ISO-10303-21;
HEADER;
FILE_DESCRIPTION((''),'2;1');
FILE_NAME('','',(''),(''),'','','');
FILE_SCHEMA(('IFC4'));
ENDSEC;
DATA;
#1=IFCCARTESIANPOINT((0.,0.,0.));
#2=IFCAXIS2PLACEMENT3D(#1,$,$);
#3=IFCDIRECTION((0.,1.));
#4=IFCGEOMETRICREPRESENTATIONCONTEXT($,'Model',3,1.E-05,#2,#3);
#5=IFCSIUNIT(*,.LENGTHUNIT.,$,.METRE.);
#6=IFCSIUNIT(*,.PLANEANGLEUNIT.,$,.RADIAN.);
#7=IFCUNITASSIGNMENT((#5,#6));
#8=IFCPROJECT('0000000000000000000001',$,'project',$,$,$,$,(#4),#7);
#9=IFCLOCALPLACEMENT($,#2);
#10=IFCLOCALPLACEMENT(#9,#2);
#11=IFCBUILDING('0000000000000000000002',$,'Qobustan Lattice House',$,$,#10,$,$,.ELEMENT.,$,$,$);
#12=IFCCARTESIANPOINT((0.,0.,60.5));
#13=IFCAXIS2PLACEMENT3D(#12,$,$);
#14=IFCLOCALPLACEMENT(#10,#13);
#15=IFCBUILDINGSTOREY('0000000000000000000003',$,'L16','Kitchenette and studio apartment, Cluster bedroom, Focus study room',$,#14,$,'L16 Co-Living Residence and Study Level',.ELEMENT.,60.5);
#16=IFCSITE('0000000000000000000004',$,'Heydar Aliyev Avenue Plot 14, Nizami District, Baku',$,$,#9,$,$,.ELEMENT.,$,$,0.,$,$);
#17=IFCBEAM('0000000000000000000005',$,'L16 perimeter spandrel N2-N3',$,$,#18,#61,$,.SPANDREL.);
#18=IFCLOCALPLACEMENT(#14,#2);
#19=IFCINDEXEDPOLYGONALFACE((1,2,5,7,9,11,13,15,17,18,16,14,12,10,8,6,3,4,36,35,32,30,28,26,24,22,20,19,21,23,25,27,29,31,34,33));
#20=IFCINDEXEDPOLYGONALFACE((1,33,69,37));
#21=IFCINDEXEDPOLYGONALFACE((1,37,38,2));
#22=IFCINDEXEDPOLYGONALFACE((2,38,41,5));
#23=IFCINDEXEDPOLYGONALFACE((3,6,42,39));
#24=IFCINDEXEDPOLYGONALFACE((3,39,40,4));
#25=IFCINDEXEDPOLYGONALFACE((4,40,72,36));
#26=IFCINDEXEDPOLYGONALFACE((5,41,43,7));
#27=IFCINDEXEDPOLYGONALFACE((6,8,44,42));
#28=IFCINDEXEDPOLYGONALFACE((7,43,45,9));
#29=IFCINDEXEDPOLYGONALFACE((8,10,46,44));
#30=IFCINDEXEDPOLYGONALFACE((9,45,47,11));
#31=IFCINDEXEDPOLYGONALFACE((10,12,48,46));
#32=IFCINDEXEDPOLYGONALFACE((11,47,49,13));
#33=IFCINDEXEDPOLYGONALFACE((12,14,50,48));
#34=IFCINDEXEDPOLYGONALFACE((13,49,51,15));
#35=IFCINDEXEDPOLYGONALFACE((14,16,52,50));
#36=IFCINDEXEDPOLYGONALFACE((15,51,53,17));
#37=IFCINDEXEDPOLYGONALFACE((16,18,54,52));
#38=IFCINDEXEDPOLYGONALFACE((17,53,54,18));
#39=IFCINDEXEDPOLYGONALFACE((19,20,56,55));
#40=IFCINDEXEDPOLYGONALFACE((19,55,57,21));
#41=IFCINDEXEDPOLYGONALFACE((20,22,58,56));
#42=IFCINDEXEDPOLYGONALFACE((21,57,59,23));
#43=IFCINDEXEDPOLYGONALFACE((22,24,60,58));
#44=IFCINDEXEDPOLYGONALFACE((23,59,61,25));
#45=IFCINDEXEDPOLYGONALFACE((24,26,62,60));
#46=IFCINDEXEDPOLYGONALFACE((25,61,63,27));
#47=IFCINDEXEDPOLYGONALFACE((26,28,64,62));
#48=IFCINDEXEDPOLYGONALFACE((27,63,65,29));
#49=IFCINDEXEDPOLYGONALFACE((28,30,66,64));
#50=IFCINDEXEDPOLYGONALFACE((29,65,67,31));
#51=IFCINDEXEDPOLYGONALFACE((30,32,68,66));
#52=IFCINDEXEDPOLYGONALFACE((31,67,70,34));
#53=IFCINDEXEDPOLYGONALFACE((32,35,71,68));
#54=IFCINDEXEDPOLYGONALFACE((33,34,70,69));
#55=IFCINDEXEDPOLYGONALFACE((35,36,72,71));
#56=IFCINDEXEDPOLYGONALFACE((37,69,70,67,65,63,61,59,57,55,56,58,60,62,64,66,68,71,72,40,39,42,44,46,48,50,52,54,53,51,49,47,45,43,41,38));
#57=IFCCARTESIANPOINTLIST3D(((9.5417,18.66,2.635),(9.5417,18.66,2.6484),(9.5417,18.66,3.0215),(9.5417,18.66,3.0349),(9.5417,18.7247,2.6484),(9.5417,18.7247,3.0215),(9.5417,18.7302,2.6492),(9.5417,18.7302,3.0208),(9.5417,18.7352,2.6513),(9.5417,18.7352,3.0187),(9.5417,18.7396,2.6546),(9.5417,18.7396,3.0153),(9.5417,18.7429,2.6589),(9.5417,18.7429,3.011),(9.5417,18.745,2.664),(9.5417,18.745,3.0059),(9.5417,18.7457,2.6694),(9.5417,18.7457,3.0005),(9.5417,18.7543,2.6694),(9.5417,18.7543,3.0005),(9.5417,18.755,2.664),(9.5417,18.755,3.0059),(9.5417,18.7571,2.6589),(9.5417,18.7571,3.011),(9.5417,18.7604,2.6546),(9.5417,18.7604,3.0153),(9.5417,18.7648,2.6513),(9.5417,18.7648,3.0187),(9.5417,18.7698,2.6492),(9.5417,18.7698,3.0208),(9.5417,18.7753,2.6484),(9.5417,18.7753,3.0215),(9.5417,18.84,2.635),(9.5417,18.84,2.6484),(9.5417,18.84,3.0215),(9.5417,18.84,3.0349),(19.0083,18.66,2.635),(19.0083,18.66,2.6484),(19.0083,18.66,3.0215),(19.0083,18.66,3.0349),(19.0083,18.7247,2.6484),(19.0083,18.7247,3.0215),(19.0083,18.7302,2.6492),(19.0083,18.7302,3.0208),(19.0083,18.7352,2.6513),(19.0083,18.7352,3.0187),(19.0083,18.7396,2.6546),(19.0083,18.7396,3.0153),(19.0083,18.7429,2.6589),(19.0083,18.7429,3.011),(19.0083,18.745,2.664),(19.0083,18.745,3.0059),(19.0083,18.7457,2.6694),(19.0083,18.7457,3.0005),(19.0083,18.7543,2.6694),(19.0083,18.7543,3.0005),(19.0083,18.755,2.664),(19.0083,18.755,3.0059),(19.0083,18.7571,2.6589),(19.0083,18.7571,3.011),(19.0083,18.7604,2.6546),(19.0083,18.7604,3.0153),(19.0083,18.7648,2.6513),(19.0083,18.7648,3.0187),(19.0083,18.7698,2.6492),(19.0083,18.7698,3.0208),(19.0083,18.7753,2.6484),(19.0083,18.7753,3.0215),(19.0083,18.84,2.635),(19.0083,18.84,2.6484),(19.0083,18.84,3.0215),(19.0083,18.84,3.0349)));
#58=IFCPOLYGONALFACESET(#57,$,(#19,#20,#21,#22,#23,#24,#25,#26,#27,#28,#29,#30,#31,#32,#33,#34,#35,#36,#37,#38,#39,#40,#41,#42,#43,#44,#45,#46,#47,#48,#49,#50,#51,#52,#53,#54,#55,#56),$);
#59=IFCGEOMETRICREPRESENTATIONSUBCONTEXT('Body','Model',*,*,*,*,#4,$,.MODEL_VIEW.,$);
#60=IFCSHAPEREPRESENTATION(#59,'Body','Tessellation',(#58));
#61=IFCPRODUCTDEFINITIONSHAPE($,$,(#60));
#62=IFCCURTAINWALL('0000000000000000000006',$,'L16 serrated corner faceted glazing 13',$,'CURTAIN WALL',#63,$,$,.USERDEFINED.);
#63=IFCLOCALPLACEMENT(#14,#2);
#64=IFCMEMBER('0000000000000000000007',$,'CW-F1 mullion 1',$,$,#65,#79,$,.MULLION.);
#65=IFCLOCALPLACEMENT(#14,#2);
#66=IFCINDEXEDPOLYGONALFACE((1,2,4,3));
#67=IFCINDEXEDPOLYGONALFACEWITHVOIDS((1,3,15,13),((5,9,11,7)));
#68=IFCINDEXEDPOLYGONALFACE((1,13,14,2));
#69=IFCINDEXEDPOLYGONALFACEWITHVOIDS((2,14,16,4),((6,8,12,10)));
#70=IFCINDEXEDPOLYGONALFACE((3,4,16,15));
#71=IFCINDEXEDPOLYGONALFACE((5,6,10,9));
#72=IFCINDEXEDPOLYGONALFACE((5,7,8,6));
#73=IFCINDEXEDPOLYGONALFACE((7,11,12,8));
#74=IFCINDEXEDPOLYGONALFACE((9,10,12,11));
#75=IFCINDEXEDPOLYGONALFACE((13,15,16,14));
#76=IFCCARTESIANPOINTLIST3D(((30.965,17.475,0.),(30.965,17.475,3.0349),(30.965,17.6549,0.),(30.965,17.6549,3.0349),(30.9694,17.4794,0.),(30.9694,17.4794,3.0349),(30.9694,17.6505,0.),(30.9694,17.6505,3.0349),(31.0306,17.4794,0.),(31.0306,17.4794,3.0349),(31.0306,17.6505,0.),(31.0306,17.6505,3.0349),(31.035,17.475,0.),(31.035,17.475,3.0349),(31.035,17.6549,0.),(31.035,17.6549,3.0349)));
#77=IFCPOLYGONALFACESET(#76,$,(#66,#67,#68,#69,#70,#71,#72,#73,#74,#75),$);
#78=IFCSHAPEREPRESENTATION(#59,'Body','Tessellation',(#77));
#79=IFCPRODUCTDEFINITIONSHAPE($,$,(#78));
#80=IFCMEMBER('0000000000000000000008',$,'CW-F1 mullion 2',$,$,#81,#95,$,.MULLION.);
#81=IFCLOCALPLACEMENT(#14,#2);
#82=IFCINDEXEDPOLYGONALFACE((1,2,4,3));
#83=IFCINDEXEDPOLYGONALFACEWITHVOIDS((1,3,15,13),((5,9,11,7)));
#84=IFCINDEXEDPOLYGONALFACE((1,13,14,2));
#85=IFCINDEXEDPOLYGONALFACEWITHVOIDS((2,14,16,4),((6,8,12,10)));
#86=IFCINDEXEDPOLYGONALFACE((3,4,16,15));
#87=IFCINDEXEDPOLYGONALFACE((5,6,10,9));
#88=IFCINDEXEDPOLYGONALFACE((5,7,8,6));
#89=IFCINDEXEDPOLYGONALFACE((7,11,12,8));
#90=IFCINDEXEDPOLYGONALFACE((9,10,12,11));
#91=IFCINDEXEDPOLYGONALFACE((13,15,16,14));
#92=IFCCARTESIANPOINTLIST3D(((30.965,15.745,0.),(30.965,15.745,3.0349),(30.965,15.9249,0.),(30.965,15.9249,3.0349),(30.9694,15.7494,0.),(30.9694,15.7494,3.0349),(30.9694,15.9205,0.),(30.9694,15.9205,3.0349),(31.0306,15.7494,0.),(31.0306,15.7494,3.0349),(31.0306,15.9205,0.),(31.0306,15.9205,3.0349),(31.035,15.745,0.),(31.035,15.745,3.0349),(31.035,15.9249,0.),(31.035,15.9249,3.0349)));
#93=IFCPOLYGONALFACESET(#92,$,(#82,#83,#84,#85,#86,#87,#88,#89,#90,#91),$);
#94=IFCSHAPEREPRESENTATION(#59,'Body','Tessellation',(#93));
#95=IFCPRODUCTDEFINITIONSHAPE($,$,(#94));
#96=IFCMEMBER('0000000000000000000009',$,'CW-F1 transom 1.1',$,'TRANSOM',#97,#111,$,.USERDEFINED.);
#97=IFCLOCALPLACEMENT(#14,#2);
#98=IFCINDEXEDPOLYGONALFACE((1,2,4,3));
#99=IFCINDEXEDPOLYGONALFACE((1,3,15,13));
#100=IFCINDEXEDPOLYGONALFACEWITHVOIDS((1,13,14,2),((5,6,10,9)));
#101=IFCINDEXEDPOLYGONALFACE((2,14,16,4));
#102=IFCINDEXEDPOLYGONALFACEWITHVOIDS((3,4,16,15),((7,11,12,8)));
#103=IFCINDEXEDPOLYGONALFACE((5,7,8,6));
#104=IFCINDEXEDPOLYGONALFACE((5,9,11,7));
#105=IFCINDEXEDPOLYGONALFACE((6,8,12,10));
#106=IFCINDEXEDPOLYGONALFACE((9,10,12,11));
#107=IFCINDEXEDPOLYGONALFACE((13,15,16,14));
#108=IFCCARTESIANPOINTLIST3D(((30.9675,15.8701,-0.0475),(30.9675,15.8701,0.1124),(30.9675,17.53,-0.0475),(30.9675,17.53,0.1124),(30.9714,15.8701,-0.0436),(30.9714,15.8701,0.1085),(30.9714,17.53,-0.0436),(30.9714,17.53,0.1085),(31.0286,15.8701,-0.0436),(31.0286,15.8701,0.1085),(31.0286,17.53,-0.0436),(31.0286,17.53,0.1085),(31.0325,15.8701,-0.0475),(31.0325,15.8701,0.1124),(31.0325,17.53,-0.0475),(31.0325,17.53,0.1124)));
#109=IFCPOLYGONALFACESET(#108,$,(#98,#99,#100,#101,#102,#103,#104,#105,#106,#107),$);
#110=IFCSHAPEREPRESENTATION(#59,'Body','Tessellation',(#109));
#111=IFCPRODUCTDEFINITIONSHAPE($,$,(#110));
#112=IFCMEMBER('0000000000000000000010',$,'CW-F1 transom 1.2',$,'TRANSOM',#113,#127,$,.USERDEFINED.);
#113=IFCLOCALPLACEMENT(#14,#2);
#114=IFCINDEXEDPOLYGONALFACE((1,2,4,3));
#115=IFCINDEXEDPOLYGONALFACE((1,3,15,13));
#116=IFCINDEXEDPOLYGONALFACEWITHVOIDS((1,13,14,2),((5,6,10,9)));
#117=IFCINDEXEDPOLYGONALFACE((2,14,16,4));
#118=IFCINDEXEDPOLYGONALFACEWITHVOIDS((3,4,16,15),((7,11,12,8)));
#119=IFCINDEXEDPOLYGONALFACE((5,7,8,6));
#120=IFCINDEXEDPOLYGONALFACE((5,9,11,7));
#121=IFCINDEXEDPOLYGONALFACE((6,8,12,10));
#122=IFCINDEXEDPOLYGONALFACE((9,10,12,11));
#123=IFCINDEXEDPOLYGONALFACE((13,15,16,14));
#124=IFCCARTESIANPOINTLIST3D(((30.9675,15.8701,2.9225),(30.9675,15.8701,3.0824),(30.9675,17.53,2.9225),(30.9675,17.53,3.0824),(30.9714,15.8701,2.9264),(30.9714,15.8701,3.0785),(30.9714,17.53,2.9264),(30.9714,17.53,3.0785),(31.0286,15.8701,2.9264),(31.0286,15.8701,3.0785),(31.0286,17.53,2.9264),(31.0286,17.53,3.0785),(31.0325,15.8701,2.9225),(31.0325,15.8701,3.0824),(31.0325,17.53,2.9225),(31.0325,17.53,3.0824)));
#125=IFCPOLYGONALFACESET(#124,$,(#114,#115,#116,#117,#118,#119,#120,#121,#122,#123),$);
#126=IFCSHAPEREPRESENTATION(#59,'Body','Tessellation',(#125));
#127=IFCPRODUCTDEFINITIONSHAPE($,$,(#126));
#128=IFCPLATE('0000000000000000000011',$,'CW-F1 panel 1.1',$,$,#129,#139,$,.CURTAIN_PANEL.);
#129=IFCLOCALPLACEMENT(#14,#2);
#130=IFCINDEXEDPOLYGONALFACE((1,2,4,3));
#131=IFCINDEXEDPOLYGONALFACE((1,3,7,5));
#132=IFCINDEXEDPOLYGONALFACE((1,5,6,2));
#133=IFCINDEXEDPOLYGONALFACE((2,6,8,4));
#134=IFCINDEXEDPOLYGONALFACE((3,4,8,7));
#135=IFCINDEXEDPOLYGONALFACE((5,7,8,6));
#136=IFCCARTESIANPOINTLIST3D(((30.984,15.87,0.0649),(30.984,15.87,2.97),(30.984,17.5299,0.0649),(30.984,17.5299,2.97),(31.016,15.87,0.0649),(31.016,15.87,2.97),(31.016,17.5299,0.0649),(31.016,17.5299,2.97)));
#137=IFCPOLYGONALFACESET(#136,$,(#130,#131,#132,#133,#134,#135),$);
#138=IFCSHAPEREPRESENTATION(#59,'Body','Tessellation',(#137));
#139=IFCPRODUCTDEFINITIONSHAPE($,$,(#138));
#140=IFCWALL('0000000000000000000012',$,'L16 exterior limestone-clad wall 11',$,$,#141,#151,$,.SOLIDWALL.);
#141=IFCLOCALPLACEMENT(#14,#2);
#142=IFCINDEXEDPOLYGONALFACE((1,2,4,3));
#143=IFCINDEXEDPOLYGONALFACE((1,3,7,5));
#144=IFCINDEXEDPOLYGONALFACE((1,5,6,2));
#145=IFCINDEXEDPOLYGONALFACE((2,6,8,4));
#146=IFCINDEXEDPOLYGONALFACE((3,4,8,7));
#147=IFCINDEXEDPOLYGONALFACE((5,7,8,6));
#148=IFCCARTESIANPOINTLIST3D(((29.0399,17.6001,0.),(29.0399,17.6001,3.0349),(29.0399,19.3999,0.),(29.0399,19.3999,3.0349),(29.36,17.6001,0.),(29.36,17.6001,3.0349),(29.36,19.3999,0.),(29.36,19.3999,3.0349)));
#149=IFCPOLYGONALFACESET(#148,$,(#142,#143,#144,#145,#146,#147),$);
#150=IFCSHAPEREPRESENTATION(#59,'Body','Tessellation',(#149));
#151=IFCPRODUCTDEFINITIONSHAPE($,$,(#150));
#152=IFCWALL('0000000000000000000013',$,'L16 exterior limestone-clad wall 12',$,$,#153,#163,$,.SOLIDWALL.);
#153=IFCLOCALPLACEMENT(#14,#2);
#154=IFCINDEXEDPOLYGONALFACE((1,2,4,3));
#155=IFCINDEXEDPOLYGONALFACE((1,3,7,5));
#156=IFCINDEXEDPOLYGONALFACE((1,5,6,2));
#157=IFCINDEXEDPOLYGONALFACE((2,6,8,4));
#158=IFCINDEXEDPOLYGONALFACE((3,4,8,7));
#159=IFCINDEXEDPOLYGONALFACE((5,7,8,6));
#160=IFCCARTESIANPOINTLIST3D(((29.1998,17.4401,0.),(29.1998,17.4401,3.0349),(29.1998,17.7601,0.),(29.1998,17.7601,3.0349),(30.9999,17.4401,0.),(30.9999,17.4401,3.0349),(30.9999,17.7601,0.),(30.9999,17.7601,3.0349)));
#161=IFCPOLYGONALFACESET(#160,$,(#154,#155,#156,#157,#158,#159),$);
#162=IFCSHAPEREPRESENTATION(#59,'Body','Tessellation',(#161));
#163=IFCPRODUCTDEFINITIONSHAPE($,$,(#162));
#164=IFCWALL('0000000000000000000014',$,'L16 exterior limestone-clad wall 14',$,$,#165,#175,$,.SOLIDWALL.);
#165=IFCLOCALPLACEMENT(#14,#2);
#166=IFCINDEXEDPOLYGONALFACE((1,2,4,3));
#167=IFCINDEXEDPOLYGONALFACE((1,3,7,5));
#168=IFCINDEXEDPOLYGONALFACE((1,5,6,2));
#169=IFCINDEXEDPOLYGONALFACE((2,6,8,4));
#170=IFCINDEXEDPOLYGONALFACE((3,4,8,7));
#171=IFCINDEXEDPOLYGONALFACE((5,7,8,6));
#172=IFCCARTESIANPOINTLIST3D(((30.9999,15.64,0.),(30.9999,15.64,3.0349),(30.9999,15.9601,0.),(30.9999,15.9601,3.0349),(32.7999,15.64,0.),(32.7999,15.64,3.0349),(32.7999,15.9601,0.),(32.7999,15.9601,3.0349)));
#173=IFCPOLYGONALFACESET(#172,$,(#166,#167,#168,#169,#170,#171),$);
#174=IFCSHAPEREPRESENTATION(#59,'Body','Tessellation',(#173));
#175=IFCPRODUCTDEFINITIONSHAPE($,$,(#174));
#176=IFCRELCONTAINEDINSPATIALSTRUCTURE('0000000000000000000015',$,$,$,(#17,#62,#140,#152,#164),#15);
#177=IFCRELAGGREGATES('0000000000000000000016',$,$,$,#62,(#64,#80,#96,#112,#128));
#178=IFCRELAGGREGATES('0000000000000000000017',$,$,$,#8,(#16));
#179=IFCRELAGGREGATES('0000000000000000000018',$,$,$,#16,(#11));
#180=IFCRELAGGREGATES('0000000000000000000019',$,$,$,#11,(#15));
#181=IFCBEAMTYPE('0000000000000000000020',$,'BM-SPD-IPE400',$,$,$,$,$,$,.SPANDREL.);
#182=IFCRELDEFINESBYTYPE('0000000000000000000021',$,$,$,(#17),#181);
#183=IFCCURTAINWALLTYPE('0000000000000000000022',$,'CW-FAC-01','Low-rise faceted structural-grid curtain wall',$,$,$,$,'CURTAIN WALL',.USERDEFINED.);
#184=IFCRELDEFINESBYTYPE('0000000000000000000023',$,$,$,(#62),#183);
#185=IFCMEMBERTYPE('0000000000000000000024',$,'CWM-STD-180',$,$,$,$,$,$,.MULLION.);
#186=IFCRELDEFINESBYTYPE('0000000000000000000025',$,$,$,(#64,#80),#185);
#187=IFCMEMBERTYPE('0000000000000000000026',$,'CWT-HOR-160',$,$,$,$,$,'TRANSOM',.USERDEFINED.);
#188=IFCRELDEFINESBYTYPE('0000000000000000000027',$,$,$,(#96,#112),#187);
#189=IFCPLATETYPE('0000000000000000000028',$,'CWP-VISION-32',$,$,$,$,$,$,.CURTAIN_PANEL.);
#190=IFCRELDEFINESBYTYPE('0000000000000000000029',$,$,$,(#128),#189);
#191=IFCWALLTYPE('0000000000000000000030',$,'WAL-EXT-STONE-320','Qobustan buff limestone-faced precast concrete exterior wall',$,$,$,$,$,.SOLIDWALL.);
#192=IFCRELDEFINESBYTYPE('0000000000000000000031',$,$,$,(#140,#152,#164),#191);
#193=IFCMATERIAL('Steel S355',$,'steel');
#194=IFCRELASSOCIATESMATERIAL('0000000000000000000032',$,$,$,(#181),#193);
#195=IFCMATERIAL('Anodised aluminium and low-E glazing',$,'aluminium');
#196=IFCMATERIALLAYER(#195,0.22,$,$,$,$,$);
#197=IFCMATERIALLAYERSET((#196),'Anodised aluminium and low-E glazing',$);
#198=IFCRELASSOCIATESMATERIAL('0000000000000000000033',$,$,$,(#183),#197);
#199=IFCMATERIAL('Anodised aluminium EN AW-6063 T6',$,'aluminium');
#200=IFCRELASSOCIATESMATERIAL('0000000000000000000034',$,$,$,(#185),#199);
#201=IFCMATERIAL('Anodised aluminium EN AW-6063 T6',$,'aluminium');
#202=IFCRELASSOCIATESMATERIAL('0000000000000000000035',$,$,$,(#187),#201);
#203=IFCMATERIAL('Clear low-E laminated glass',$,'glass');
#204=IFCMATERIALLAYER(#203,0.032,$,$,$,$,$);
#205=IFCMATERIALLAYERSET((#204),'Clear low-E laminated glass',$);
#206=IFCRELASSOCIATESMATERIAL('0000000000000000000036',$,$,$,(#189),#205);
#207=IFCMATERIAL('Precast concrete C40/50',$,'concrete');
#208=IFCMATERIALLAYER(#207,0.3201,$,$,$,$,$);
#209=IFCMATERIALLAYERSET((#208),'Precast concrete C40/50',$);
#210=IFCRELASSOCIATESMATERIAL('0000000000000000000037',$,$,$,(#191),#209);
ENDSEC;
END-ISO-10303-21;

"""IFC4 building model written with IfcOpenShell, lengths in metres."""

from ifc_helpers import new_model, si_unit, direction, frame, frame_2d, origin, origin_2d, place, context, subcontext, project, spatial, rectangle, hollow_rectangle, i_section, extrude, material, layer, layer_set, material_profile, profile_set, type_object, element, aggregate, save


model = new_model("IFC4")

# Units and contexts
model_context = context("Model", 3, precision=1e-05, world=origin(), true_north=direction((0.0, 1.0)))
body_context = subcontext(model_context, "Body", "Model", "MODEL_VIEW")
ifc_project = project(units=[si_unit("LENGTHUNIT", "METRE"), si_unit("PLANEANGLEUNIT", "RADIAN")], contexts=[model_context])

# Site, building, storey
site_placement = place(None, origin())
site = spatial("IfcSite", under=ifc_project, at=site_placement, Name="Heydar Aliyev Avenue Plot 14, Nizami District, Baku", CompositionType="ELEMENT", RefElevation=0.0)
building_placement = place(site_placement, origin())
building = spatial("IfcBuilding", under=site, at=building_placement, Name="Qobustan Lattice House", CompositionType="ELEMENT")
storey_placement = place(building_placement, frame((0.0, 0.0, 60.5)))
storey = spatial("IfcBuildingStorey", under=building, at=storey_placement, Name="L16", Description="Kitchenette and studio apartment, Cluster bedroom, Focus study room", LongName="L16 Co-Living Residence and Study Level", CompositionType="ELEMENT", Elevation=60.5)

# Beam
ifc_material_1 = material(Name="Steel S355", Category="steel")
ifc_material_profile_1 = material_profile(ifc_material_1, i_section(OverallWidth=0.1799, OverallDepth=0.3999, WebThickness=0.0085, FlangeThickness=0.0134, FilletRadius=0.021, at=origin_2d()), Name="IPE400")
ifc_profile_set_1 = profile_set([ifc_material_profile_1], Name="Steel S355")
beam_type_1 = type_object("IfcBeamType", Name="BM-SPD-IPE400", PredefinedType="SPANDREL", material=ifc_profile_set_1)
for number, where, z_axis, x_axis, name in (
    (1, (19.0083, 18.75, 2.835), (-1.0, 0.0, 0.0), (0.0, -1.0, 0.0), "L16 perimeter spandrel N2-N3"),
):
    element("IfcBeam", number, at=place(storey_placement, frame(where, z_axis=z_axis, x_axis=x_axis)), inside=storey, type_object=beam_type_1, Name=name, PredefinedType="SPANDREL", context=body_context, shape_type="SweptSolid", body=[
        extrude(i_section(OverallWidth=0.1799, OverallDepth=0.3999, WebThickness=0.0085, FlangeThickness=0.0134, FilletRadius=0.021, at=origin_2d()), origin(), (0.0, 0.0, 1.0), 9.4666),
    ])

# Curtain wall, members, plate
ifc_material_2 = material(Name="Anodised aluminium and low-E glazing", Category="aluminium")
ifc_layer_1 = layer(ifc_material_2, 0.22)
ifc_layer_set_1 = layer_set([ifc_layer_1], Name="Anodised aluminium and low-E glazing")
curtain_wall_type = type_object("IfcCurtainWallType", Name="CW-FAC-01", Description="Low-rise faceted structural-grid curtain wall", ElementType="CURTAIN WALL", PredefinedType="USERDEFINED", material=ifc_layer_set_1)
curtain_wall_placement = place(storey_placement, origin())
curtain_wall = element("IfcCurtainWall", 2, at=curtain_wall_placement, inside=storey, type_object=curtain_wall_type, Name="L16 serrated corner faceted glazing 13", ObjectType="CURTAIN WALL", PredefinedType="USERDEFINED")
ifc_material_3 = material(Name="Anodised aluminium EN AW-6063 T6", Category="aluminium")
ifc_material_profile_2 = material_profile(ifc_material_3, hollow_rectangle(XDim=0.0701, YDim=0.1799, WallThickness=0.0044, at=origin_2d()), Name="CWM-180x70")
ifc_profile_set_2 = profile_set([ifc_material_profile_2], Name="Anodised aluminium EN AW-6063 T6")
member_type_1 = type_object("IfcMemberType", Name="CWM-STD-180", PredefinedType="MULLION", material=ifc_profile_set_2)
member_1_placement = place(storey_placement, frame((31.0, 17.5649, 0.0), z_axis=(0.0, 0.0, 1.0), x_axis=(1.0, 0.0, 0.0)))
member_1 = element("IfcMember", 3, at=member_1_placement, type_object=member_type_1, Name="CW-F1 mullion 1", PredefinedType="MULLION", context=body_context, shape_type="SweptSolid", body=[
    extrude(hollow_rectangle(XDim=0.0701, YDim=0.1799, WallThickness=0.0044, at=origin_2d()), origin(), (0.0, 0.0, 1.0), 3.0349),
])
member_2_placement = place(storey_placement, frame((31.0, 15.835, 0.0), z_axis=(0.0, 0.0, 1.0), x_axis=(1.0, 0.0, 0.0)))
member_2 = element("IfcMember", 4, at=member_2_placement, type_object=member_type_1, Name="CW-F1 mullion 2", PredefinedType="MULLION", context=body_context, shape_type="SweptSolid", body=[
    extrude(hollow_rectangle(XDim=0.0701, YDim=0.1799, WallThickness=0.0044, at=origin_2d()), origin(), (0.0, 0.0, 1.0), 3.0349),
])
ifc_material_4 = material(Name="Anodised aluminium EN AW-6063 T6", Category="aluminium")
ifc_material_profile_3 = material_profile(ifc_material_4, hollow_rectangle(XDim=0.0649, YDim=0.1599, WallThickness=0.0039, at=origin_2d()), Name="CWT-160x65")
ifc_profile_set_3 = profile_set([ifc_material_profile_3], Name="Anodised aluminium EN AW-6063 T6")
member_type_2 = type_object("IfcMemberType", Name="CWT-HOR-160", ElementType="TRANSOM", PredefinedType="USERDEFINED", material=ifc_profile_set_3)
member_3_placement = place(storey_placement, frame((31.0, 17.53, 0.0325), z_axis=(0.0, -1.0, 0.0), x_axis=(1.0, 0.0, 0.0)))
member_3 = element("IfcMember", 5, at=member_3_placement, type_object=member_type_2, Name="CW-F1 transom 1.1", ObjectType="TRANSOM", PredefinedType="USERDEFINED", context=body_context, shape_type="SweptSolid", body=[
    extrude(hollow_rectangle(XDim=0.0649, YDim=0.1599, WallThickness=0.0039, at=origin_2d()), origin(), (0.0, 0.0, 1.0), 1.6599),
])
member_4_placement = place(storey_placement, frame((31.0, 17.53, 3.0024), z_axis=(0.0, -1.0, 0.0), x_axis=(1.0, 0.0, 0.0)))
member_4 = element("IfcMember", 6, at=member_4_placement, type_object=member_type_2, Name="CW-F1 transom 1.2", ObjectType="TRANSOM", PredefinedType="USERDEFINED", context=body_context, shape_type="SweptSolid", body=[
    extrude(hollow_rectangle(XDim=0.0649, YDim=0.1599, WallThickness=0.0039, at=origin_2d()), origin(), (0.0, 0.0, 1.0), 1.6599),
])
ifc_material_5 = material(Name="Clear low-E laminated glass", Category="glass")
ifc_layer_2 = layer(ifc_material_5, 0.032)
ifc_layer_set_2 = layer_set([ifc_layer_2], Name="Clear low-E laminated glass")
plate_type = type_object("IfcPlateType", Name="CWP-VISION-32", PredefinedType="CURTAIN_PANEL", material=ifc_layer_set_2)
plate_placement = place(storey_placement, frame((31.0, 16.7, 0.0649), z_axis=(0.0, 0.0, 1.0), x_axis=(0.0, -1.0, 0.0)))
plate = element("IfcPlate", 7, at=plate_placement, type_object=plate_type, Name="CW-F1 panel 1.1", PredefinedType="CURTAIN_PANEL", context=body_context, shape_type="SweptSolid", body=[
    extrude(rectangle(XDim=1.6599, YDim=0.032, at=origin_2d()), origin(), (0.0, 0.0, 1.0), 2.905),
])
aggregate(curtain_wall, [member_1, member_2, member_3, member_4, plate])

# Walls
ifc_material_6 = material(Name="Precast concrete C40/50", Category="concrete")
ifc_layer_3 = layer(ifc_material_6, 0.3201)
ifc_layer_set_3 = layer_set([ifc_layer_3], Name="Precast concrete C40/50")
wall_type_1 = type_object("IfcWallType", Name="WAL-EXT-STONE-320", Description="Qobustan buff limestone-faced precast concrete exterior wall", PredefinedType="SOLIDWALL", material=ifc_layer_set_3)
wall_1_placement = place(storey_placement, frame((29.2, 19.3999, 0.0), z_axis=(0.0, 0.0, 1.0), x_axis=(0.0, -1.0, 0.0)))
element("IfcWall", 8, at=wall_1_placement, inside=storey, type_object=wall_type_1, Name="L16 exterior limestone-clad wall 11", PredefinedType="SOLIDWALL", context=body_context, shape_type="SweptSolid", body=[
    extrude(rectangle(XDim=1.7998, YDim=0.3201, at=frame_2d((0.8999, 0.0))), origin(), (0.0, 0.0, 1.0), 3.0349),
])
for number, where, z_axis, x_axis, name in (
    (9, (29.2, 17.6001, 0.0), (0.0, 0.0, 1.0), (1.0, 0.0, 0.0), "L16 exterior limestone-clad wall 12"),
    (10, (31.0, 15.8, 0.0), (0.0, 0.0, 1.0), (1.0, 0.0, 0.0), "L16 exterior limestone-clad wall 14"),
):
    element("IfcWall", number, at=place(storey_placement, frame(where, z_axis=z_axis, x_axis=x_axis)), inside=storey, type_object=wall_type_1, Name=name, PredefinedType="SOLIDWALL", context=body_context, shape_type="SweptSolid", body=[
        extrude(rectangle(XDim=1.8, YDim=0.3201, at=frame_2d((0.8999, 0.0))), origin(), (0.0, 0.0, 1.0), 3.0349),
    ])

save(model, "model.ifc")
